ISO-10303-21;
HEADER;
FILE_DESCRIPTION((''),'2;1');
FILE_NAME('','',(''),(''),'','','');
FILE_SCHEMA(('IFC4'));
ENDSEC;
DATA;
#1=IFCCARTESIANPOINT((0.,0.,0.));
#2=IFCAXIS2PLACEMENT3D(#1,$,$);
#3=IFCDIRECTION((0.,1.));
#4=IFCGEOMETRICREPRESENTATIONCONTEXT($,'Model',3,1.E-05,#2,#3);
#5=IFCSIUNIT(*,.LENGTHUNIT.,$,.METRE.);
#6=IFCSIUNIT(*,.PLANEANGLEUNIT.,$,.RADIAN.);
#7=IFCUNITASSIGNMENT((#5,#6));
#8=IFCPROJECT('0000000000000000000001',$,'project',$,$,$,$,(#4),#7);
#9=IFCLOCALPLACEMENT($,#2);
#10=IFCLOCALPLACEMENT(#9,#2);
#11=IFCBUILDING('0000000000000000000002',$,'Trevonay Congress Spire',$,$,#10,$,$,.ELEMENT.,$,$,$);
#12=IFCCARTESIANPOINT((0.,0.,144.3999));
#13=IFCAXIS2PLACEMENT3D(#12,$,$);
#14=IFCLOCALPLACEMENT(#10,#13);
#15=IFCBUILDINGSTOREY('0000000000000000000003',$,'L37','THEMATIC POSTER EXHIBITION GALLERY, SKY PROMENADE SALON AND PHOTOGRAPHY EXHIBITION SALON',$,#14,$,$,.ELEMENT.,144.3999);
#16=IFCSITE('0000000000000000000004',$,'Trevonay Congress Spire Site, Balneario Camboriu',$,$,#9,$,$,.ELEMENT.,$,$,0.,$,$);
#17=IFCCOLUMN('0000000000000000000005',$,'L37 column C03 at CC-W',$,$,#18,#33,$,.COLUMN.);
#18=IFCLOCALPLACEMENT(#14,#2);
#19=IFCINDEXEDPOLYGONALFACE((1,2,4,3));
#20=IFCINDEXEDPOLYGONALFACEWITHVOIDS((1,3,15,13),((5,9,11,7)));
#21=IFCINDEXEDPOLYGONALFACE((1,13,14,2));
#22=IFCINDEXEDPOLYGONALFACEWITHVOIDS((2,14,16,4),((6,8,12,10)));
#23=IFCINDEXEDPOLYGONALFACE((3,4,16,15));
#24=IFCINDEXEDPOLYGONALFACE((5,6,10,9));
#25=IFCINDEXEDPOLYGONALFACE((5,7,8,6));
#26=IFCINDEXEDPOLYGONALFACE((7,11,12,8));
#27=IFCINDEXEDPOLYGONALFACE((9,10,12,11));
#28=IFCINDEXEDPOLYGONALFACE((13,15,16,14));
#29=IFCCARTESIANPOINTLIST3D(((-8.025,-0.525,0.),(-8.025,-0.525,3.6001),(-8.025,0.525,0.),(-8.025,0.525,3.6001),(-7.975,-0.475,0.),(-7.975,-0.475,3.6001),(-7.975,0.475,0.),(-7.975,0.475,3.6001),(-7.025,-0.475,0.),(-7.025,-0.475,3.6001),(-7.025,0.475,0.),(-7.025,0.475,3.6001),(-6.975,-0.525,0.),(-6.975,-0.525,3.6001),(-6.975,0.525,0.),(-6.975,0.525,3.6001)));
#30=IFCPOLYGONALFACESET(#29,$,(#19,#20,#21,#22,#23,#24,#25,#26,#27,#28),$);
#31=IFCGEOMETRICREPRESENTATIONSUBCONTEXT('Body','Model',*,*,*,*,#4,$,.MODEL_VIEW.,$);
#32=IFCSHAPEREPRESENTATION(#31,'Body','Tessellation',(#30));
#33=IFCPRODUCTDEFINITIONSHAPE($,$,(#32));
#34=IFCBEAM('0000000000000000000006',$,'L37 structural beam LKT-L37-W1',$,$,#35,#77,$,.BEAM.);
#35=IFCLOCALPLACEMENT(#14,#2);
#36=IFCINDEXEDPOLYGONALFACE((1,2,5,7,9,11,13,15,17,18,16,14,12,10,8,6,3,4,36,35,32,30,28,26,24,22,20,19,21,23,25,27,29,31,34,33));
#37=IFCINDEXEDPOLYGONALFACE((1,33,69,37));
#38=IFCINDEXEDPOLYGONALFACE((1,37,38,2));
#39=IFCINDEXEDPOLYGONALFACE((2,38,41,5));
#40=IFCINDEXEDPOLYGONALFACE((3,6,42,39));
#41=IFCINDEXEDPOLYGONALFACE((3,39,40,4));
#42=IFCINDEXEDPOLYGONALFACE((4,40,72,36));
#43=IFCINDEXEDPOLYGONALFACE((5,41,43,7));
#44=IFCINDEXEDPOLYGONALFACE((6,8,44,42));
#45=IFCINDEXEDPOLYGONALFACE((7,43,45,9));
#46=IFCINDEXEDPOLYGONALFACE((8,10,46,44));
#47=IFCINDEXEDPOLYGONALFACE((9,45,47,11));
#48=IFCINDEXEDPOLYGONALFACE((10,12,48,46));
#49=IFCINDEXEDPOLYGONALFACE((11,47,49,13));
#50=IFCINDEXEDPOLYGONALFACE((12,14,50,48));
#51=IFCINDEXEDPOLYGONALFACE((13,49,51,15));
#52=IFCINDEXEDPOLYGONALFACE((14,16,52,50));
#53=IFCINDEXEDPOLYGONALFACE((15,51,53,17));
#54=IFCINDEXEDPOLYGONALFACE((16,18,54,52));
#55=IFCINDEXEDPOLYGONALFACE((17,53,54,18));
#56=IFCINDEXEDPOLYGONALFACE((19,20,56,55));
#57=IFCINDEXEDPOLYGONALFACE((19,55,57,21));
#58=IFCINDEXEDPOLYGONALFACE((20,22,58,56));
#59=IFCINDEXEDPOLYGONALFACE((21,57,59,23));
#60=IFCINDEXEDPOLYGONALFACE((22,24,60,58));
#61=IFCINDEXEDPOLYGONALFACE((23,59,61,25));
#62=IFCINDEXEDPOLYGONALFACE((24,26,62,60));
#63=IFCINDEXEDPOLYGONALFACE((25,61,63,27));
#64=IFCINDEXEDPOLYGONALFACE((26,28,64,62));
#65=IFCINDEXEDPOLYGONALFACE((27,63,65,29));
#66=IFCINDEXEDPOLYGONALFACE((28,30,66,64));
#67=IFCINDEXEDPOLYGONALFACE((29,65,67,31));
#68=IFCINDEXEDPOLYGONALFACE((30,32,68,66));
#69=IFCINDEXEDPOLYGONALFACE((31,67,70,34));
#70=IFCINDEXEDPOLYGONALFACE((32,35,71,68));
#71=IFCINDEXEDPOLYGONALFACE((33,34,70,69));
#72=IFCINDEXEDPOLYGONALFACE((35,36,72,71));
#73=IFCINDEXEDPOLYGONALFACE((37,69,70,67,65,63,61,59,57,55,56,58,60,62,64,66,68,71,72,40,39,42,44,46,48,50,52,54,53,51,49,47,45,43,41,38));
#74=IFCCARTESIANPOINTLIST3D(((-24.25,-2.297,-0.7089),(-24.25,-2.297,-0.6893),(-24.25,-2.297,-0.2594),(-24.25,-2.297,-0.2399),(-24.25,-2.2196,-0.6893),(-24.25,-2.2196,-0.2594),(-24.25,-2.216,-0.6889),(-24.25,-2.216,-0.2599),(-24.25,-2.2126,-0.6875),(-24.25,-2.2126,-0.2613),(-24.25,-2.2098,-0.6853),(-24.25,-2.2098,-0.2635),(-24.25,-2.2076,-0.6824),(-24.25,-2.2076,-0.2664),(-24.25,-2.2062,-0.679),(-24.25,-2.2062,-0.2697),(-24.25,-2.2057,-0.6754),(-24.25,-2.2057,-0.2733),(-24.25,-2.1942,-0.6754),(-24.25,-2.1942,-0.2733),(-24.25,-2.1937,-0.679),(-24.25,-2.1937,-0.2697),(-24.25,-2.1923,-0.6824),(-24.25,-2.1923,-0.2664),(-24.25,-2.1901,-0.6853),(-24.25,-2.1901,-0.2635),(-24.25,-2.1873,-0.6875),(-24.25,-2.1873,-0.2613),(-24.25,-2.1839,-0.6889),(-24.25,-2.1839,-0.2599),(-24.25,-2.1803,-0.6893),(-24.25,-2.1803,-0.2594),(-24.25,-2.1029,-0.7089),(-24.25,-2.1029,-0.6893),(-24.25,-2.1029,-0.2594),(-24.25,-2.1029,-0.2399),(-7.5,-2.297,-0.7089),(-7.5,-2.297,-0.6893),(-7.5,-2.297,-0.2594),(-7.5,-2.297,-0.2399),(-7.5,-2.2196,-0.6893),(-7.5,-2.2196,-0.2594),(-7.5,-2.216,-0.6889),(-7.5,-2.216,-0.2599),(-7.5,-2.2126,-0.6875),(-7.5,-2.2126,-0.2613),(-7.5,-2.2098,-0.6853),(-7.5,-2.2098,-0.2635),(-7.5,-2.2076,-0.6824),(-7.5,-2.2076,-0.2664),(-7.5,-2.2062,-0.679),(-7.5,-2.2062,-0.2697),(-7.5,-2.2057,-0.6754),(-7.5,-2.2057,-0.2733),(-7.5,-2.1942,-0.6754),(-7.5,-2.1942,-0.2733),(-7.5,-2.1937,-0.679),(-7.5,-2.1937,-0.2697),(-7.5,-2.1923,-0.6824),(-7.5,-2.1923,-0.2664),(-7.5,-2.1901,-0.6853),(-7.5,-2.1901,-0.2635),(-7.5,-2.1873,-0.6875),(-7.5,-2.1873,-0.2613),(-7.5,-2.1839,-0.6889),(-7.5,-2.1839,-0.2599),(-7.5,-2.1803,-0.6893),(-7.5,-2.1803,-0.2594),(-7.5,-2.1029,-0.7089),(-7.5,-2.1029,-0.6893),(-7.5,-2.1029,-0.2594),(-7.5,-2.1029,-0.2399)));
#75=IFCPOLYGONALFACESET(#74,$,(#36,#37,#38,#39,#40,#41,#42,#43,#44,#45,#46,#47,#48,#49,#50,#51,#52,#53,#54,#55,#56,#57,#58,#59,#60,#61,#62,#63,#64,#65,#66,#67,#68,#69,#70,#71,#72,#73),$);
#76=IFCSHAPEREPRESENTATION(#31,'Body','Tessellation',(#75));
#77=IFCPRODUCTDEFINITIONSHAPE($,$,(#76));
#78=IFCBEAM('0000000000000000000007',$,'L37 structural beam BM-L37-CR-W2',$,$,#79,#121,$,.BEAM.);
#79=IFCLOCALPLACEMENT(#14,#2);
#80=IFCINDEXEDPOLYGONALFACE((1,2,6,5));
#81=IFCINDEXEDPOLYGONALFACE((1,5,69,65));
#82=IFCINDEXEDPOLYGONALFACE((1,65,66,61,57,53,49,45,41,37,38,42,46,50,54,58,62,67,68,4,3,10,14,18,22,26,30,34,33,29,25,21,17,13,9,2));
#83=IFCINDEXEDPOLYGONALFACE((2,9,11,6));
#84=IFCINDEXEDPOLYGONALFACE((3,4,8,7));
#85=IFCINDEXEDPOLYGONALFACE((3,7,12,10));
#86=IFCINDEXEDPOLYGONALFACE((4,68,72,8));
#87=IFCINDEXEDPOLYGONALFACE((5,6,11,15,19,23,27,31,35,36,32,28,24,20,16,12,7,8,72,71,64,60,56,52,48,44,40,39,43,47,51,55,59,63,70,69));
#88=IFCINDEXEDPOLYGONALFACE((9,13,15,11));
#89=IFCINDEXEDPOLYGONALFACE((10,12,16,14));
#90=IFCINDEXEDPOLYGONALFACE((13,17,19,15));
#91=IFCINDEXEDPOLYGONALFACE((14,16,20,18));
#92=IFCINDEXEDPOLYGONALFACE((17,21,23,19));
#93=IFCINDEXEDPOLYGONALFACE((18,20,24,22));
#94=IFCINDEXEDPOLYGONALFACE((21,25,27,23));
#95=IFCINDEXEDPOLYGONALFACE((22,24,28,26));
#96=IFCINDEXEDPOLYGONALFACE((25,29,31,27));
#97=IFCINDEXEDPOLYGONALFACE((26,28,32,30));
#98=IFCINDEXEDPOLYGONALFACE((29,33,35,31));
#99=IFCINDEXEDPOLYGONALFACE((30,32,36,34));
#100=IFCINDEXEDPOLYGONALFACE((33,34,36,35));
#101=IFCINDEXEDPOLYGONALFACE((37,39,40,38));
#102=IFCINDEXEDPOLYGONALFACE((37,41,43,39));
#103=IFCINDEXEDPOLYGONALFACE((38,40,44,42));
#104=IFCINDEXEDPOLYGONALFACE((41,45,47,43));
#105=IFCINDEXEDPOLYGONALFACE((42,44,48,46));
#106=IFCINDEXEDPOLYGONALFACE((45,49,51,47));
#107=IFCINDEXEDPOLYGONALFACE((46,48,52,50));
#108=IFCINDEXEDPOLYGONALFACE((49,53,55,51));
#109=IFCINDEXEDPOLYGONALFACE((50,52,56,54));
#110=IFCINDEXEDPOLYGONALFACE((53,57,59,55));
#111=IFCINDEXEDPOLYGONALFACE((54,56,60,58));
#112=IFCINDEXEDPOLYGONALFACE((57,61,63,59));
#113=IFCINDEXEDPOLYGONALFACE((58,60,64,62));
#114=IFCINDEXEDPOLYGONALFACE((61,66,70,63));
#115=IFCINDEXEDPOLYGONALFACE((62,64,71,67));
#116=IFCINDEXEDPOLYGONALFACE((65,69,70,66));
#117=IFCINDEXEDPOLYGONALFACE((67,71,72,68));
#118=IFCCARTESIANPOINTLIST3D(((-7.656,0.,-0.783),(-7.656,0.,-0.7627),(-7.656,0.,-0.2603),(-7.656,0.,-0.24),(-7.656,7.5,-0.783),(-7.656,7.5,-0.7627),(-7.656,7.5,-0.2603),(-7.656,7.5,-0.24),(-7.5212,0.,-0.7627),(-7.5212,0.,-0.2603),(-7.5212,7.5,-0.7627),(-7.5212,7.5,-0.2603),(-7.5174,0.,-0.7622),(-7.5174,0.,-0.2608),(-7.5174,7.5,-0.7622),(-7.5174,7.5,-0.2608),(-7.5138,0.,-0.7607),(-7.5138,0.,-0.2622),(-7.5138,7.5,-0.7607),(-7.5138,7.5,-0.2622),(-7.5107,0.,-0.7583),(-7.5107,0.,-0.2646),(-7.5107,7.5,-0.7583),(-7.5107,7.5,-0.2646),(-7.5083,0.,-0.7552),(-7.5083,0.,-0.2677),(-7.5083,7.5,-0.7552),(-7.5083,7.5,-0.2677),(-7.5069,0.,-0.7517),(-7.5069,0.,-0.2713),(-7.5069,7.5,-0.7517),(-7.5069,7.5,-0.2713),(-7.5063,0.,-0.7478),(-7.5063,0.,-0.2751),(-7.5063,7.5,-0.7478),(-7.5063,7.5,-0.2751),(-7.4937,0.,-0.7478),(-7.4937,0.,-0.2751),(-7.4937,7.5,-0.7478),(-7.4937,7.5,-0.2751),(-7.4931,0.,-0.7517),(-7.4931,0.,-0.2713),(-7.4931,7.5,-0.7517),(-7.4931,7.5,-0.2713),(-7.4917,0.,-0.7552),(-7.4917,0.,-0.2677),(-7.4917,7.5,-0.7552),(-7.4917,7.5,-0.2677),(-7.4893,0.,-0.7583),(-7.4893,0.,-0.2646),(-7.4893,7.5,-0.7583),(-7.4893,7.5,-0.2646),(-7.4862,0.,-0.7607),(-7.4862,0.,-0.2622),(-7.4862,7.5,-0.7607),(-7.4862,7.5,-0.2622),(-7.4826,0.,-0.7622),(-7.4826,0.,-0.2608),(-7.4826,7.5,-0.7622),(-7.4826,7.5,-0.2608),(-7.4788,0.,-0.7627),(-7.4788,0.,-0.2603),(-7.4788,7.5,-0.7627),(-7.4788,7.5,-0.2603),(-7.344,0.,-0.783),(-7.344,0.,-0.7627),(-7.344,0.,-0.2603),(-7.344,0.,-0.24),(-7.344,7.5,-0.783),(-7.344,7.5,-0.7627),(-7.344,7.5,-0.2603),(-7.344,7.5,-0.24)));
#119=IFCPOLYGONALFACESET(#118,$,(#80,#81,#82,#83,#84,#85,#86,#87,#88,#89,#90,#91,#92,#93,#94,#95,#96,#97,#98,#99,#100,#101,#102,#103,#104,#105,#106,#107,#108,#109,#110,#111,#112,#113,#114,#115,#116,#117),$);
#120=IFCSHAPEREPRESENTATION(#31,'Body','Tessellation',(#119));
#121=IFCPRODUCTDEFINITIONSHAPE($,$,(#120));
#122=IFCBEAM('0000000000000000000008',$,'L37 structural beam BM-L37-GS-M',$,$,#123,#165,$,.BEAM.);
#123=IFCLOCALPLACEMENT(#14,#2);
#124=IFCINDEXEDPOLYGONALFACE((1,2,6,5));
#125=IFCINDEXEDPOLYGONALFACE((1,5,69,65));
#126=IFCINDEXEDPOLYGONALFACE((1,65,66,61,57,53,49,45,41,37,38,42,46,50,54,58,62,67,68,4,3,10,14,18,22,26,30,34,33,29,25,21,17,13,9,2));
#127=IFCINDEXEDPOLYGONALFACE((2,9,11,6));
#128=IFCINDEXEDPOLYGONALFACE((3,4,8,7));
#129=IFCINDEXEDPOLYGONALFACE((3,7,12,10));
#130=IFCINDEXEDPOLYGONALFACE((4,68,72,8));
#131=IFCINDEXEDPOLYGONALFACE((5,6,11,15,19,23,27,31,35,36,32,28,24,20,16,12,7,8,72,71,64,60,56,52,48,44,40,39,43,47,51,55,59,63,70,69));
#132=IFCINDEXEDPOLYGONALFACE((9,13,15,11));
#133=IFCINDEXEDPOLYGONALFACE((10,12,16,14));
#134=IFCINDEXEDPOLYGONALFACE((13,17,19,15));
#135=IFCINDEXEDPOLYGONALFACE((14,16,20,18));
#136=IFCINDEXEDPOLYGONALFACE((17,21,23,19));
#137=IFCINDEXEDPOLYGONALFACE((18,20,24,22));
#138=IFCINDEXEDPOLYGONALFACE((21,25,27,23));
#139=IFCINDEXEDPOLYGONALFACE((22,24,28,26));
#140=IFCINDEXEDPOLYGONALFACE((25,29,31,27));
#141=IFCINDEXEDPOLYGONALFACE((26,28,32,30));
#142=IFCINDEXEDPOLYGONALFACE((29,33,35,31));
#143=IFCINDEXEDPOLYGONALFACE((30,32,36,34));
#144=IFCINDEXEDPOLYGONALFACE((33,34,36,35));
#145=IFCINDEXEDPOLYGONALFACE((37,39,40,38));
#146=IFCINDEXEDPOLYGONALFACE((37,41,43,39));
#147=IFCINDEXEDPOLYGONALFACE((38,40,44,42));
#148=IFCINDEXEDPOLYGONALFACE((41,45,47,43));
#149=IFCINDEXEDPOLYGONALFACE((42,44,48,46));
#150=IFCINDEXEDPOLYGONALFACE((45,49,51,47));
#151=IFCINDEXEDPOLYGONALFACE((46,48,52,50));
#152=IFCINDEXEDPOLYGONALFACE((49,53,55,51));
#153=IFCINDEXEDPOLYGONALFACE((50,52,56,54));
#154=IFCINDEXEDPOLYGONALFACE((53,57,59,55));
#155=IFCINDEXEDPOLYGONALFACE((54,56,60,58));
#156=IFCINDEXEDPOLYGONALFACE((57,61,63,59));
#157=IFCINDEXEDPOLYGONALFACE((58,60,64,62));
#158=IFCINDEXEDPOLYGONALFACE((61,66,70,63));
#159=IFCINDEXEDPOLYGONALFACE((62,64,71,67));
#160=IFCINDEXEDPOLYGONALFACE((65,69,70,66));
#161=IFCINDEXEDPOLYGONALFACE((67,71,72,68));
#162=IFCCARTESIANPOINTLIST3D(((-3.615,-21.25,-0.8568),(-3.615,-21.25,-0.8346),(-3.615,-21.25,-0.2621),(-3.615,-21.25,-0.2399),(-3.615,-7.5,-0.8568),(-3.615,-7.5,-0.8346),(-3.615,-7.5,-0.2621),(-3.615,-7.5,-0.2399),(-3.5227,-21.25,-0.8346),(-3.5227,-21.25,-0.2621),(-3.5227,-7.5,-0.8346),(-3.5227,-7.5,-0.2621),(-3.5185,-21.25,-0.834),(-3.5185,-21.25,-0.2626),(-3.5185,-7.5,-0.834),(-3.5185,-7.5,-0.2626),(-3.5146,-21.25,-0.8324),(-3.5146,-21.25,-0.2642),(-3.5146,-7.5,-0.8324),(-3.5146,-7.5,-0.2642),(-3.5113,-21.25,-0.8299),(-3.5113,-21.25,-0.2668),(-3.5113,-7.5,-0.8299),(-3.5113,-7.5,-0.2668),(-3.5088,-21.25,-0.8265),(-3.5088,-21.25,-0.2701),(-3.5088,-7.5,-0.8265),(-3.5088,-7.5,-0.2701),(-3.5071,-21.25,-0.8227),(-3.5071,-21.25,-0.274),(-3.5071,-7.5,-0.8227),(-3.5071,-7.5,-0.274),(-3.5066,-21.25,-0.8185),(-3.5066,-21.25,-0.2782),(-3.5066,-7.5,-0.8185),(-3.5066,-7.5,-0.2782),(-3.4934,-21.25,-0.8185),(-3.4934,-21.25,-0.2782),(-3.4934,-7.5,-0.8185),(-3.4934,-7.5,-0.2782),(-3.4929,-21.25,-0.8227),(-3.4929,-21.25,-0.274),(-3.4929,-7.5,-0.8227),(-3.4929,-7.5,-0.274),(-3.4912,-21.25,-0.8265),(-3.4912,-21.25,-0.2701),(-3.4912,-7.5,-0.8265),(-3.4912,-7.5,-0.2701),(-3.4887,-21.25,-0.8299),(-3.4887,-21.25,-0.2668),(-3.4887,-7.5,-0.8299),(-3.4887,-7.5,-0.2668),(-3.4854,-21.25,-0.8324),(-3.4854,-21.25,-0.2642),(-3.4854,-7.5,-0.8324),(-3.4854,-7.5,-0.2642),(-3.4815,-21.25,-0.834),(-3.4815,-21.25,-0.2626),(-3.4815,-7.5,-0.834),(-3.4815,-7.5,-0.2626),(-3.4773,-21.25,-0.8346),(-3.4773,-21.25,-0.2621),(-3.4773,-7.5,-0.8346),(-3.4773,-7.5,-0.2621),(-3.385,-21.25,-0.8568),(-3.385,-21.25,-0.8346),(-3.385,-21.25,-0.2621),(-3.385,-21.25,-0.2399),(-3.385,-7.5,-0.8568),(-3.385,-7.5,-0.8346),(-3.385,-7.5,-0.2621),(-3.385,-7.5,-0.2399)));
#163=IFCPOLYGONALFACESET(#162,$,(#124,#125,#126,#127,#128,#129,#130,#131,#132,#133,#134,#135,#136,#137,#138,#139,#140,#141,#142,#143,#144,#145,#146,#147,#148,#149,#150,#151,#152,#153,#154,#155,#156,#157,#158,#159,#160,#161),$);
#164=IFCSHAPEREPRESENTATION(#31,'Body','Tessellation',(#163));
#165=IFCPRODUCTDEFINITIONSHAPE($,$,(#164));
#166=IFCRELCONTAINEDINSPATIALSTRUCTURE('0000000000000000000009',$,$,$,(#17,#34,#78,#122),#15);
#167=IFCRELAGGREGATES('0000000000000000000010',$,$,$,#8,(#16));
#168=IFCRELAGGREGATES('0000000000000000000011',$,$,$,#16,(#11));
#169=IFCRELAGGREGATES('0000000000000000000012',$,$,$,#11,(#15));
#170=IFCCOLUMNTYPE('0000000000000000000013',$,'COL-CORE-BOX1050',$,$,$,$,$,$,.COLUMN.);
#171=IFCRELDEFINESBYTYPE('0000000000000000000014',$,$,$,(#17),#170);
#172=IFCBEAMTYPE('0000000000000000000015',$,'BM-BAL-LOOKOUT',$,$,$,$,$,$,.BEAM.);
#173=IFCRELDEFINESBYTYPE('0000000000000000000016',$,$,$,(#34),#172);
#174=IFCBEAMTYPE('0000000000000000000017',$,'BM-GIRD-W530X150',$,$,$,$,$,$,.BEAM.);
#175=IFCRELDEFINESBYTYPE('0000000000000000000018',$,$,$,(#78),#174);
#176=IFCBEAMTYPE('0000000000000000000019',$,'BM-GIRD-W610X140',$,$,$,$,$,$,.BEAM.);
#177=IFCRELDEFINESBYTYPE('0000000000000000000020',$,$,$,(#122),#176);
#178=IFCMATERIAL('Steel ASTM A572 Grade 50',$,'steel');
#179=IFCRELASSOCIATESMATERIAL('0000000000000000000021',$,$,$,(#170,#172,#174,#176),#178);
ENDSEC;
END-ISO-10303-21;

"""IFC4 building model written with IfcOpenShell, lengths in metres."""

from ifc_helpers import new_model, si_unit, direction, frame, origin, origin_2d, place, context, subcontext, project, spatial, hollow_rectangle, i_section, extrude, material, material_profile, profile_set, type_object, element, save


model = new_model("IFC4")

# Units and contexts
model_context = context("Model", 3, precision=1e-05, world=origin(), true_north=direction((0.0, 1.0)))
body_context = subcontext(model_context, "Body", "Model", "MODEL_VIEW")
ifc_project = project(units=[si_unit("LENGTHUNIT", "METRE"), si_unit("PLANEANGLEUNIT", "RADIAN")], contexts=[model_context])

# Site, building, storey
site_placement = place(None, origin())
site = spatial("IfcSite", under=ifc_project, at=site_placement, Name="Trevonay Congress Spire Site, Balneario Camboriu", CompositionType="ELEMENT", RefElevation=0.0)
building_placement = place(site_placement, origin())
building = spatial("IfcBuilding", under=site, at=building_placement, Name="Trevonay Congress Spire", CompositionType="ELEMENT")
storey_placement = place(building_placement, frame((0.0, 0.0, 144.3999)))
storey = spatial("IfcBuildingStorey", under=building, at=storey_placement, Name="L37", Description="THEMATIC POSTER EXHIBITION GALLERY, SKY PROMENADE SALON AND PHOTOGRAPHY EXHIBITION SALON", CompositionType="ELEMENT", Elevation=144.3999)

# Column
ifc_material_1 = material(Name="Steel ASTM A572 Grade 50", Category="steel")
ifc_material_profile_1 = material_profile(ifc_material_1, hollow_rectangle(XDim=1.05, YDim=1.05, WallThickness=0.05, at=origin_2d()), Name="BOX 1050x1050x50")
ifc_profile_set_1 = profile_set([ifc_material_profile_1], Name="Steel ASTM A572 Grade 50")
column_type = type_object("IfcColumnType", Name="COL-CORE-BOX1050", PredefinedType="COLUMN", material=ifc_profile_set_1)
column_placement = place(storey_placement, frame((-7.5, 0.0, 0.0), z_axis=(0.0, 0.0, 1.0), x_axis=(1.0, 0.0, 0.0)))
element("IfcColumn", 1, at=column_placement, inside=storey, type_object=column_type, Name="L37 column C03 at CC-W", PredefinedType="COLUMN", context=body_context, shape_type="SweptSolid", body=[
    extrude(hollow_rectangle(XDim=1.05, YDim=1.05, WallThickness=0.05, at=origin_2d()), origin(), (0.0, 0.0, 1.0), 3.6001),
])

# Beams
ifc_material_profile_2 = material_profile(ifc_material_1, i_section(OverallWidth=0.1941, OverallDepth=0.469, WebThickness=0.0115, FlangeThickness=0.0195, FilletRadius=0.0139, at=origin_2d()), Name="W460x106")
ifc_profile_set_2 = profile_set([ifc_material_profile_2], Name="Steel ASTM A572 Grade 50")
beam_type_1 = type_object("IfcBeamType", Name="BM-BAL-LOOKOUT", PredefinedType="BEAM", material=ifc_profile_set_2)
beam_1_placement = place(storey_placement, frame((-7.5, -2.2, -0.4744), z_axis=(-1.0, 0.0, 0.0), x_axis=(0.0, -1.0, 0.0)))
element("IfcBeam", 2, at=beam_1_placement, inside=storey, type_object=beam_type_1, Name="L37 structural beam LKT-L37-W1", PredefinedType="BEAM", context=body_context, shape_type="SweptSolid", body=[
    extrude(i_section(OverallWidth=0.1941, OverallDepth=0.469, WebThickness=0.0115, FlangeThickness=0.0195, FilletRadius=0.0139, at=origin_2d()), origin(), (0.0, 0.0, 1.0), 16.75),
])
ifc_material_profile_3 = material_profile(ifc_material_1, i_section(OverallWidth=0.312, OverallDepth=0.543, WebThickness=0.0127, FlangeThickness=0.0203, FilletRadius=0.0149, at=origin_2d()), Name="W530x150")
ifc_profile_set_3 = profile_set([ifc_material_profile_3], Name="Steel ASTM A572 Grade 50")
beam_type_2 = type_object("IfcBeamType", Name="BM-GIRD-W530X150", PredefinedType="BEAM", material=ifc_profile_set_3)
beam_2_placement = place(storey_placement, frame((-7.5, 0.0, -0.5115), z_axis=(0.0, 1.0, 0.0), x_axis=(-1.0, 0.0, 0.0)))
element("IfcBeam", 3, at=beam_2_placement, inside=storey, type_object=beam_type_2, Name="L37 structural beam BM-L37-CR-W2", PredefinedType="BEAM", context=body_context, shape_type="SweptSolid", body=[
    extrude(i_section(OverallWidth=0.312, OverallDepth=0.543, WebThickness=0.0127, FlangeThickness=0.0203, FilletRadius=0.0149, at=origin_2d()), origin(), (0.0, 0.0, 1.0), 7.5),
])
ifc_material_profile_4 = material_profile(ifc_material_1, i_section(OverallWidth=0.23, OverallDepth=0.6169, WebThickness=0.0132, FlangeThickness=0.0222, FilletRadius=0.0161, at=origin_2d()), Name="W610x140")
ifc_profile_set_4 = profile_set([ifc_material_profile_4], Name="Steel ASTM A572 Grade 50")
beam_type_3 = type_object("IfcBeamType", Name="BM-GIRD-W610X140", PredefinedType="BEAM", material=ifc_profile_set_4)
for number, where, z_axis, x_axis, name in (
    (4, (-3.5, -7.5, -0.5483), (0.0, -1.0, 0.0), (1.0, 0.0, 0.0), "L37 structural beam BM-L37-GS-M"),
):
    element("IfcBeam", number, at=place(storey_placement, frame(where, z_axis=z_axis, x_axis=x_axis)), inside=storey, type_object=beam_type_3, Name=name, PredefinedType="BEAM", context=body_context, shape_type="SweptSolid", body=[
        extrude(i_section(OverallWidth=0.23, OverallDepth=0.6169, WebThickness=0.0132, FlangeThickness=0.0222, FilletRadius=0.0161, at=origin_2d()), origin(), (0.0, 0.0, 1.0), 13.75),
    ])

save(model, "model.ifc")
